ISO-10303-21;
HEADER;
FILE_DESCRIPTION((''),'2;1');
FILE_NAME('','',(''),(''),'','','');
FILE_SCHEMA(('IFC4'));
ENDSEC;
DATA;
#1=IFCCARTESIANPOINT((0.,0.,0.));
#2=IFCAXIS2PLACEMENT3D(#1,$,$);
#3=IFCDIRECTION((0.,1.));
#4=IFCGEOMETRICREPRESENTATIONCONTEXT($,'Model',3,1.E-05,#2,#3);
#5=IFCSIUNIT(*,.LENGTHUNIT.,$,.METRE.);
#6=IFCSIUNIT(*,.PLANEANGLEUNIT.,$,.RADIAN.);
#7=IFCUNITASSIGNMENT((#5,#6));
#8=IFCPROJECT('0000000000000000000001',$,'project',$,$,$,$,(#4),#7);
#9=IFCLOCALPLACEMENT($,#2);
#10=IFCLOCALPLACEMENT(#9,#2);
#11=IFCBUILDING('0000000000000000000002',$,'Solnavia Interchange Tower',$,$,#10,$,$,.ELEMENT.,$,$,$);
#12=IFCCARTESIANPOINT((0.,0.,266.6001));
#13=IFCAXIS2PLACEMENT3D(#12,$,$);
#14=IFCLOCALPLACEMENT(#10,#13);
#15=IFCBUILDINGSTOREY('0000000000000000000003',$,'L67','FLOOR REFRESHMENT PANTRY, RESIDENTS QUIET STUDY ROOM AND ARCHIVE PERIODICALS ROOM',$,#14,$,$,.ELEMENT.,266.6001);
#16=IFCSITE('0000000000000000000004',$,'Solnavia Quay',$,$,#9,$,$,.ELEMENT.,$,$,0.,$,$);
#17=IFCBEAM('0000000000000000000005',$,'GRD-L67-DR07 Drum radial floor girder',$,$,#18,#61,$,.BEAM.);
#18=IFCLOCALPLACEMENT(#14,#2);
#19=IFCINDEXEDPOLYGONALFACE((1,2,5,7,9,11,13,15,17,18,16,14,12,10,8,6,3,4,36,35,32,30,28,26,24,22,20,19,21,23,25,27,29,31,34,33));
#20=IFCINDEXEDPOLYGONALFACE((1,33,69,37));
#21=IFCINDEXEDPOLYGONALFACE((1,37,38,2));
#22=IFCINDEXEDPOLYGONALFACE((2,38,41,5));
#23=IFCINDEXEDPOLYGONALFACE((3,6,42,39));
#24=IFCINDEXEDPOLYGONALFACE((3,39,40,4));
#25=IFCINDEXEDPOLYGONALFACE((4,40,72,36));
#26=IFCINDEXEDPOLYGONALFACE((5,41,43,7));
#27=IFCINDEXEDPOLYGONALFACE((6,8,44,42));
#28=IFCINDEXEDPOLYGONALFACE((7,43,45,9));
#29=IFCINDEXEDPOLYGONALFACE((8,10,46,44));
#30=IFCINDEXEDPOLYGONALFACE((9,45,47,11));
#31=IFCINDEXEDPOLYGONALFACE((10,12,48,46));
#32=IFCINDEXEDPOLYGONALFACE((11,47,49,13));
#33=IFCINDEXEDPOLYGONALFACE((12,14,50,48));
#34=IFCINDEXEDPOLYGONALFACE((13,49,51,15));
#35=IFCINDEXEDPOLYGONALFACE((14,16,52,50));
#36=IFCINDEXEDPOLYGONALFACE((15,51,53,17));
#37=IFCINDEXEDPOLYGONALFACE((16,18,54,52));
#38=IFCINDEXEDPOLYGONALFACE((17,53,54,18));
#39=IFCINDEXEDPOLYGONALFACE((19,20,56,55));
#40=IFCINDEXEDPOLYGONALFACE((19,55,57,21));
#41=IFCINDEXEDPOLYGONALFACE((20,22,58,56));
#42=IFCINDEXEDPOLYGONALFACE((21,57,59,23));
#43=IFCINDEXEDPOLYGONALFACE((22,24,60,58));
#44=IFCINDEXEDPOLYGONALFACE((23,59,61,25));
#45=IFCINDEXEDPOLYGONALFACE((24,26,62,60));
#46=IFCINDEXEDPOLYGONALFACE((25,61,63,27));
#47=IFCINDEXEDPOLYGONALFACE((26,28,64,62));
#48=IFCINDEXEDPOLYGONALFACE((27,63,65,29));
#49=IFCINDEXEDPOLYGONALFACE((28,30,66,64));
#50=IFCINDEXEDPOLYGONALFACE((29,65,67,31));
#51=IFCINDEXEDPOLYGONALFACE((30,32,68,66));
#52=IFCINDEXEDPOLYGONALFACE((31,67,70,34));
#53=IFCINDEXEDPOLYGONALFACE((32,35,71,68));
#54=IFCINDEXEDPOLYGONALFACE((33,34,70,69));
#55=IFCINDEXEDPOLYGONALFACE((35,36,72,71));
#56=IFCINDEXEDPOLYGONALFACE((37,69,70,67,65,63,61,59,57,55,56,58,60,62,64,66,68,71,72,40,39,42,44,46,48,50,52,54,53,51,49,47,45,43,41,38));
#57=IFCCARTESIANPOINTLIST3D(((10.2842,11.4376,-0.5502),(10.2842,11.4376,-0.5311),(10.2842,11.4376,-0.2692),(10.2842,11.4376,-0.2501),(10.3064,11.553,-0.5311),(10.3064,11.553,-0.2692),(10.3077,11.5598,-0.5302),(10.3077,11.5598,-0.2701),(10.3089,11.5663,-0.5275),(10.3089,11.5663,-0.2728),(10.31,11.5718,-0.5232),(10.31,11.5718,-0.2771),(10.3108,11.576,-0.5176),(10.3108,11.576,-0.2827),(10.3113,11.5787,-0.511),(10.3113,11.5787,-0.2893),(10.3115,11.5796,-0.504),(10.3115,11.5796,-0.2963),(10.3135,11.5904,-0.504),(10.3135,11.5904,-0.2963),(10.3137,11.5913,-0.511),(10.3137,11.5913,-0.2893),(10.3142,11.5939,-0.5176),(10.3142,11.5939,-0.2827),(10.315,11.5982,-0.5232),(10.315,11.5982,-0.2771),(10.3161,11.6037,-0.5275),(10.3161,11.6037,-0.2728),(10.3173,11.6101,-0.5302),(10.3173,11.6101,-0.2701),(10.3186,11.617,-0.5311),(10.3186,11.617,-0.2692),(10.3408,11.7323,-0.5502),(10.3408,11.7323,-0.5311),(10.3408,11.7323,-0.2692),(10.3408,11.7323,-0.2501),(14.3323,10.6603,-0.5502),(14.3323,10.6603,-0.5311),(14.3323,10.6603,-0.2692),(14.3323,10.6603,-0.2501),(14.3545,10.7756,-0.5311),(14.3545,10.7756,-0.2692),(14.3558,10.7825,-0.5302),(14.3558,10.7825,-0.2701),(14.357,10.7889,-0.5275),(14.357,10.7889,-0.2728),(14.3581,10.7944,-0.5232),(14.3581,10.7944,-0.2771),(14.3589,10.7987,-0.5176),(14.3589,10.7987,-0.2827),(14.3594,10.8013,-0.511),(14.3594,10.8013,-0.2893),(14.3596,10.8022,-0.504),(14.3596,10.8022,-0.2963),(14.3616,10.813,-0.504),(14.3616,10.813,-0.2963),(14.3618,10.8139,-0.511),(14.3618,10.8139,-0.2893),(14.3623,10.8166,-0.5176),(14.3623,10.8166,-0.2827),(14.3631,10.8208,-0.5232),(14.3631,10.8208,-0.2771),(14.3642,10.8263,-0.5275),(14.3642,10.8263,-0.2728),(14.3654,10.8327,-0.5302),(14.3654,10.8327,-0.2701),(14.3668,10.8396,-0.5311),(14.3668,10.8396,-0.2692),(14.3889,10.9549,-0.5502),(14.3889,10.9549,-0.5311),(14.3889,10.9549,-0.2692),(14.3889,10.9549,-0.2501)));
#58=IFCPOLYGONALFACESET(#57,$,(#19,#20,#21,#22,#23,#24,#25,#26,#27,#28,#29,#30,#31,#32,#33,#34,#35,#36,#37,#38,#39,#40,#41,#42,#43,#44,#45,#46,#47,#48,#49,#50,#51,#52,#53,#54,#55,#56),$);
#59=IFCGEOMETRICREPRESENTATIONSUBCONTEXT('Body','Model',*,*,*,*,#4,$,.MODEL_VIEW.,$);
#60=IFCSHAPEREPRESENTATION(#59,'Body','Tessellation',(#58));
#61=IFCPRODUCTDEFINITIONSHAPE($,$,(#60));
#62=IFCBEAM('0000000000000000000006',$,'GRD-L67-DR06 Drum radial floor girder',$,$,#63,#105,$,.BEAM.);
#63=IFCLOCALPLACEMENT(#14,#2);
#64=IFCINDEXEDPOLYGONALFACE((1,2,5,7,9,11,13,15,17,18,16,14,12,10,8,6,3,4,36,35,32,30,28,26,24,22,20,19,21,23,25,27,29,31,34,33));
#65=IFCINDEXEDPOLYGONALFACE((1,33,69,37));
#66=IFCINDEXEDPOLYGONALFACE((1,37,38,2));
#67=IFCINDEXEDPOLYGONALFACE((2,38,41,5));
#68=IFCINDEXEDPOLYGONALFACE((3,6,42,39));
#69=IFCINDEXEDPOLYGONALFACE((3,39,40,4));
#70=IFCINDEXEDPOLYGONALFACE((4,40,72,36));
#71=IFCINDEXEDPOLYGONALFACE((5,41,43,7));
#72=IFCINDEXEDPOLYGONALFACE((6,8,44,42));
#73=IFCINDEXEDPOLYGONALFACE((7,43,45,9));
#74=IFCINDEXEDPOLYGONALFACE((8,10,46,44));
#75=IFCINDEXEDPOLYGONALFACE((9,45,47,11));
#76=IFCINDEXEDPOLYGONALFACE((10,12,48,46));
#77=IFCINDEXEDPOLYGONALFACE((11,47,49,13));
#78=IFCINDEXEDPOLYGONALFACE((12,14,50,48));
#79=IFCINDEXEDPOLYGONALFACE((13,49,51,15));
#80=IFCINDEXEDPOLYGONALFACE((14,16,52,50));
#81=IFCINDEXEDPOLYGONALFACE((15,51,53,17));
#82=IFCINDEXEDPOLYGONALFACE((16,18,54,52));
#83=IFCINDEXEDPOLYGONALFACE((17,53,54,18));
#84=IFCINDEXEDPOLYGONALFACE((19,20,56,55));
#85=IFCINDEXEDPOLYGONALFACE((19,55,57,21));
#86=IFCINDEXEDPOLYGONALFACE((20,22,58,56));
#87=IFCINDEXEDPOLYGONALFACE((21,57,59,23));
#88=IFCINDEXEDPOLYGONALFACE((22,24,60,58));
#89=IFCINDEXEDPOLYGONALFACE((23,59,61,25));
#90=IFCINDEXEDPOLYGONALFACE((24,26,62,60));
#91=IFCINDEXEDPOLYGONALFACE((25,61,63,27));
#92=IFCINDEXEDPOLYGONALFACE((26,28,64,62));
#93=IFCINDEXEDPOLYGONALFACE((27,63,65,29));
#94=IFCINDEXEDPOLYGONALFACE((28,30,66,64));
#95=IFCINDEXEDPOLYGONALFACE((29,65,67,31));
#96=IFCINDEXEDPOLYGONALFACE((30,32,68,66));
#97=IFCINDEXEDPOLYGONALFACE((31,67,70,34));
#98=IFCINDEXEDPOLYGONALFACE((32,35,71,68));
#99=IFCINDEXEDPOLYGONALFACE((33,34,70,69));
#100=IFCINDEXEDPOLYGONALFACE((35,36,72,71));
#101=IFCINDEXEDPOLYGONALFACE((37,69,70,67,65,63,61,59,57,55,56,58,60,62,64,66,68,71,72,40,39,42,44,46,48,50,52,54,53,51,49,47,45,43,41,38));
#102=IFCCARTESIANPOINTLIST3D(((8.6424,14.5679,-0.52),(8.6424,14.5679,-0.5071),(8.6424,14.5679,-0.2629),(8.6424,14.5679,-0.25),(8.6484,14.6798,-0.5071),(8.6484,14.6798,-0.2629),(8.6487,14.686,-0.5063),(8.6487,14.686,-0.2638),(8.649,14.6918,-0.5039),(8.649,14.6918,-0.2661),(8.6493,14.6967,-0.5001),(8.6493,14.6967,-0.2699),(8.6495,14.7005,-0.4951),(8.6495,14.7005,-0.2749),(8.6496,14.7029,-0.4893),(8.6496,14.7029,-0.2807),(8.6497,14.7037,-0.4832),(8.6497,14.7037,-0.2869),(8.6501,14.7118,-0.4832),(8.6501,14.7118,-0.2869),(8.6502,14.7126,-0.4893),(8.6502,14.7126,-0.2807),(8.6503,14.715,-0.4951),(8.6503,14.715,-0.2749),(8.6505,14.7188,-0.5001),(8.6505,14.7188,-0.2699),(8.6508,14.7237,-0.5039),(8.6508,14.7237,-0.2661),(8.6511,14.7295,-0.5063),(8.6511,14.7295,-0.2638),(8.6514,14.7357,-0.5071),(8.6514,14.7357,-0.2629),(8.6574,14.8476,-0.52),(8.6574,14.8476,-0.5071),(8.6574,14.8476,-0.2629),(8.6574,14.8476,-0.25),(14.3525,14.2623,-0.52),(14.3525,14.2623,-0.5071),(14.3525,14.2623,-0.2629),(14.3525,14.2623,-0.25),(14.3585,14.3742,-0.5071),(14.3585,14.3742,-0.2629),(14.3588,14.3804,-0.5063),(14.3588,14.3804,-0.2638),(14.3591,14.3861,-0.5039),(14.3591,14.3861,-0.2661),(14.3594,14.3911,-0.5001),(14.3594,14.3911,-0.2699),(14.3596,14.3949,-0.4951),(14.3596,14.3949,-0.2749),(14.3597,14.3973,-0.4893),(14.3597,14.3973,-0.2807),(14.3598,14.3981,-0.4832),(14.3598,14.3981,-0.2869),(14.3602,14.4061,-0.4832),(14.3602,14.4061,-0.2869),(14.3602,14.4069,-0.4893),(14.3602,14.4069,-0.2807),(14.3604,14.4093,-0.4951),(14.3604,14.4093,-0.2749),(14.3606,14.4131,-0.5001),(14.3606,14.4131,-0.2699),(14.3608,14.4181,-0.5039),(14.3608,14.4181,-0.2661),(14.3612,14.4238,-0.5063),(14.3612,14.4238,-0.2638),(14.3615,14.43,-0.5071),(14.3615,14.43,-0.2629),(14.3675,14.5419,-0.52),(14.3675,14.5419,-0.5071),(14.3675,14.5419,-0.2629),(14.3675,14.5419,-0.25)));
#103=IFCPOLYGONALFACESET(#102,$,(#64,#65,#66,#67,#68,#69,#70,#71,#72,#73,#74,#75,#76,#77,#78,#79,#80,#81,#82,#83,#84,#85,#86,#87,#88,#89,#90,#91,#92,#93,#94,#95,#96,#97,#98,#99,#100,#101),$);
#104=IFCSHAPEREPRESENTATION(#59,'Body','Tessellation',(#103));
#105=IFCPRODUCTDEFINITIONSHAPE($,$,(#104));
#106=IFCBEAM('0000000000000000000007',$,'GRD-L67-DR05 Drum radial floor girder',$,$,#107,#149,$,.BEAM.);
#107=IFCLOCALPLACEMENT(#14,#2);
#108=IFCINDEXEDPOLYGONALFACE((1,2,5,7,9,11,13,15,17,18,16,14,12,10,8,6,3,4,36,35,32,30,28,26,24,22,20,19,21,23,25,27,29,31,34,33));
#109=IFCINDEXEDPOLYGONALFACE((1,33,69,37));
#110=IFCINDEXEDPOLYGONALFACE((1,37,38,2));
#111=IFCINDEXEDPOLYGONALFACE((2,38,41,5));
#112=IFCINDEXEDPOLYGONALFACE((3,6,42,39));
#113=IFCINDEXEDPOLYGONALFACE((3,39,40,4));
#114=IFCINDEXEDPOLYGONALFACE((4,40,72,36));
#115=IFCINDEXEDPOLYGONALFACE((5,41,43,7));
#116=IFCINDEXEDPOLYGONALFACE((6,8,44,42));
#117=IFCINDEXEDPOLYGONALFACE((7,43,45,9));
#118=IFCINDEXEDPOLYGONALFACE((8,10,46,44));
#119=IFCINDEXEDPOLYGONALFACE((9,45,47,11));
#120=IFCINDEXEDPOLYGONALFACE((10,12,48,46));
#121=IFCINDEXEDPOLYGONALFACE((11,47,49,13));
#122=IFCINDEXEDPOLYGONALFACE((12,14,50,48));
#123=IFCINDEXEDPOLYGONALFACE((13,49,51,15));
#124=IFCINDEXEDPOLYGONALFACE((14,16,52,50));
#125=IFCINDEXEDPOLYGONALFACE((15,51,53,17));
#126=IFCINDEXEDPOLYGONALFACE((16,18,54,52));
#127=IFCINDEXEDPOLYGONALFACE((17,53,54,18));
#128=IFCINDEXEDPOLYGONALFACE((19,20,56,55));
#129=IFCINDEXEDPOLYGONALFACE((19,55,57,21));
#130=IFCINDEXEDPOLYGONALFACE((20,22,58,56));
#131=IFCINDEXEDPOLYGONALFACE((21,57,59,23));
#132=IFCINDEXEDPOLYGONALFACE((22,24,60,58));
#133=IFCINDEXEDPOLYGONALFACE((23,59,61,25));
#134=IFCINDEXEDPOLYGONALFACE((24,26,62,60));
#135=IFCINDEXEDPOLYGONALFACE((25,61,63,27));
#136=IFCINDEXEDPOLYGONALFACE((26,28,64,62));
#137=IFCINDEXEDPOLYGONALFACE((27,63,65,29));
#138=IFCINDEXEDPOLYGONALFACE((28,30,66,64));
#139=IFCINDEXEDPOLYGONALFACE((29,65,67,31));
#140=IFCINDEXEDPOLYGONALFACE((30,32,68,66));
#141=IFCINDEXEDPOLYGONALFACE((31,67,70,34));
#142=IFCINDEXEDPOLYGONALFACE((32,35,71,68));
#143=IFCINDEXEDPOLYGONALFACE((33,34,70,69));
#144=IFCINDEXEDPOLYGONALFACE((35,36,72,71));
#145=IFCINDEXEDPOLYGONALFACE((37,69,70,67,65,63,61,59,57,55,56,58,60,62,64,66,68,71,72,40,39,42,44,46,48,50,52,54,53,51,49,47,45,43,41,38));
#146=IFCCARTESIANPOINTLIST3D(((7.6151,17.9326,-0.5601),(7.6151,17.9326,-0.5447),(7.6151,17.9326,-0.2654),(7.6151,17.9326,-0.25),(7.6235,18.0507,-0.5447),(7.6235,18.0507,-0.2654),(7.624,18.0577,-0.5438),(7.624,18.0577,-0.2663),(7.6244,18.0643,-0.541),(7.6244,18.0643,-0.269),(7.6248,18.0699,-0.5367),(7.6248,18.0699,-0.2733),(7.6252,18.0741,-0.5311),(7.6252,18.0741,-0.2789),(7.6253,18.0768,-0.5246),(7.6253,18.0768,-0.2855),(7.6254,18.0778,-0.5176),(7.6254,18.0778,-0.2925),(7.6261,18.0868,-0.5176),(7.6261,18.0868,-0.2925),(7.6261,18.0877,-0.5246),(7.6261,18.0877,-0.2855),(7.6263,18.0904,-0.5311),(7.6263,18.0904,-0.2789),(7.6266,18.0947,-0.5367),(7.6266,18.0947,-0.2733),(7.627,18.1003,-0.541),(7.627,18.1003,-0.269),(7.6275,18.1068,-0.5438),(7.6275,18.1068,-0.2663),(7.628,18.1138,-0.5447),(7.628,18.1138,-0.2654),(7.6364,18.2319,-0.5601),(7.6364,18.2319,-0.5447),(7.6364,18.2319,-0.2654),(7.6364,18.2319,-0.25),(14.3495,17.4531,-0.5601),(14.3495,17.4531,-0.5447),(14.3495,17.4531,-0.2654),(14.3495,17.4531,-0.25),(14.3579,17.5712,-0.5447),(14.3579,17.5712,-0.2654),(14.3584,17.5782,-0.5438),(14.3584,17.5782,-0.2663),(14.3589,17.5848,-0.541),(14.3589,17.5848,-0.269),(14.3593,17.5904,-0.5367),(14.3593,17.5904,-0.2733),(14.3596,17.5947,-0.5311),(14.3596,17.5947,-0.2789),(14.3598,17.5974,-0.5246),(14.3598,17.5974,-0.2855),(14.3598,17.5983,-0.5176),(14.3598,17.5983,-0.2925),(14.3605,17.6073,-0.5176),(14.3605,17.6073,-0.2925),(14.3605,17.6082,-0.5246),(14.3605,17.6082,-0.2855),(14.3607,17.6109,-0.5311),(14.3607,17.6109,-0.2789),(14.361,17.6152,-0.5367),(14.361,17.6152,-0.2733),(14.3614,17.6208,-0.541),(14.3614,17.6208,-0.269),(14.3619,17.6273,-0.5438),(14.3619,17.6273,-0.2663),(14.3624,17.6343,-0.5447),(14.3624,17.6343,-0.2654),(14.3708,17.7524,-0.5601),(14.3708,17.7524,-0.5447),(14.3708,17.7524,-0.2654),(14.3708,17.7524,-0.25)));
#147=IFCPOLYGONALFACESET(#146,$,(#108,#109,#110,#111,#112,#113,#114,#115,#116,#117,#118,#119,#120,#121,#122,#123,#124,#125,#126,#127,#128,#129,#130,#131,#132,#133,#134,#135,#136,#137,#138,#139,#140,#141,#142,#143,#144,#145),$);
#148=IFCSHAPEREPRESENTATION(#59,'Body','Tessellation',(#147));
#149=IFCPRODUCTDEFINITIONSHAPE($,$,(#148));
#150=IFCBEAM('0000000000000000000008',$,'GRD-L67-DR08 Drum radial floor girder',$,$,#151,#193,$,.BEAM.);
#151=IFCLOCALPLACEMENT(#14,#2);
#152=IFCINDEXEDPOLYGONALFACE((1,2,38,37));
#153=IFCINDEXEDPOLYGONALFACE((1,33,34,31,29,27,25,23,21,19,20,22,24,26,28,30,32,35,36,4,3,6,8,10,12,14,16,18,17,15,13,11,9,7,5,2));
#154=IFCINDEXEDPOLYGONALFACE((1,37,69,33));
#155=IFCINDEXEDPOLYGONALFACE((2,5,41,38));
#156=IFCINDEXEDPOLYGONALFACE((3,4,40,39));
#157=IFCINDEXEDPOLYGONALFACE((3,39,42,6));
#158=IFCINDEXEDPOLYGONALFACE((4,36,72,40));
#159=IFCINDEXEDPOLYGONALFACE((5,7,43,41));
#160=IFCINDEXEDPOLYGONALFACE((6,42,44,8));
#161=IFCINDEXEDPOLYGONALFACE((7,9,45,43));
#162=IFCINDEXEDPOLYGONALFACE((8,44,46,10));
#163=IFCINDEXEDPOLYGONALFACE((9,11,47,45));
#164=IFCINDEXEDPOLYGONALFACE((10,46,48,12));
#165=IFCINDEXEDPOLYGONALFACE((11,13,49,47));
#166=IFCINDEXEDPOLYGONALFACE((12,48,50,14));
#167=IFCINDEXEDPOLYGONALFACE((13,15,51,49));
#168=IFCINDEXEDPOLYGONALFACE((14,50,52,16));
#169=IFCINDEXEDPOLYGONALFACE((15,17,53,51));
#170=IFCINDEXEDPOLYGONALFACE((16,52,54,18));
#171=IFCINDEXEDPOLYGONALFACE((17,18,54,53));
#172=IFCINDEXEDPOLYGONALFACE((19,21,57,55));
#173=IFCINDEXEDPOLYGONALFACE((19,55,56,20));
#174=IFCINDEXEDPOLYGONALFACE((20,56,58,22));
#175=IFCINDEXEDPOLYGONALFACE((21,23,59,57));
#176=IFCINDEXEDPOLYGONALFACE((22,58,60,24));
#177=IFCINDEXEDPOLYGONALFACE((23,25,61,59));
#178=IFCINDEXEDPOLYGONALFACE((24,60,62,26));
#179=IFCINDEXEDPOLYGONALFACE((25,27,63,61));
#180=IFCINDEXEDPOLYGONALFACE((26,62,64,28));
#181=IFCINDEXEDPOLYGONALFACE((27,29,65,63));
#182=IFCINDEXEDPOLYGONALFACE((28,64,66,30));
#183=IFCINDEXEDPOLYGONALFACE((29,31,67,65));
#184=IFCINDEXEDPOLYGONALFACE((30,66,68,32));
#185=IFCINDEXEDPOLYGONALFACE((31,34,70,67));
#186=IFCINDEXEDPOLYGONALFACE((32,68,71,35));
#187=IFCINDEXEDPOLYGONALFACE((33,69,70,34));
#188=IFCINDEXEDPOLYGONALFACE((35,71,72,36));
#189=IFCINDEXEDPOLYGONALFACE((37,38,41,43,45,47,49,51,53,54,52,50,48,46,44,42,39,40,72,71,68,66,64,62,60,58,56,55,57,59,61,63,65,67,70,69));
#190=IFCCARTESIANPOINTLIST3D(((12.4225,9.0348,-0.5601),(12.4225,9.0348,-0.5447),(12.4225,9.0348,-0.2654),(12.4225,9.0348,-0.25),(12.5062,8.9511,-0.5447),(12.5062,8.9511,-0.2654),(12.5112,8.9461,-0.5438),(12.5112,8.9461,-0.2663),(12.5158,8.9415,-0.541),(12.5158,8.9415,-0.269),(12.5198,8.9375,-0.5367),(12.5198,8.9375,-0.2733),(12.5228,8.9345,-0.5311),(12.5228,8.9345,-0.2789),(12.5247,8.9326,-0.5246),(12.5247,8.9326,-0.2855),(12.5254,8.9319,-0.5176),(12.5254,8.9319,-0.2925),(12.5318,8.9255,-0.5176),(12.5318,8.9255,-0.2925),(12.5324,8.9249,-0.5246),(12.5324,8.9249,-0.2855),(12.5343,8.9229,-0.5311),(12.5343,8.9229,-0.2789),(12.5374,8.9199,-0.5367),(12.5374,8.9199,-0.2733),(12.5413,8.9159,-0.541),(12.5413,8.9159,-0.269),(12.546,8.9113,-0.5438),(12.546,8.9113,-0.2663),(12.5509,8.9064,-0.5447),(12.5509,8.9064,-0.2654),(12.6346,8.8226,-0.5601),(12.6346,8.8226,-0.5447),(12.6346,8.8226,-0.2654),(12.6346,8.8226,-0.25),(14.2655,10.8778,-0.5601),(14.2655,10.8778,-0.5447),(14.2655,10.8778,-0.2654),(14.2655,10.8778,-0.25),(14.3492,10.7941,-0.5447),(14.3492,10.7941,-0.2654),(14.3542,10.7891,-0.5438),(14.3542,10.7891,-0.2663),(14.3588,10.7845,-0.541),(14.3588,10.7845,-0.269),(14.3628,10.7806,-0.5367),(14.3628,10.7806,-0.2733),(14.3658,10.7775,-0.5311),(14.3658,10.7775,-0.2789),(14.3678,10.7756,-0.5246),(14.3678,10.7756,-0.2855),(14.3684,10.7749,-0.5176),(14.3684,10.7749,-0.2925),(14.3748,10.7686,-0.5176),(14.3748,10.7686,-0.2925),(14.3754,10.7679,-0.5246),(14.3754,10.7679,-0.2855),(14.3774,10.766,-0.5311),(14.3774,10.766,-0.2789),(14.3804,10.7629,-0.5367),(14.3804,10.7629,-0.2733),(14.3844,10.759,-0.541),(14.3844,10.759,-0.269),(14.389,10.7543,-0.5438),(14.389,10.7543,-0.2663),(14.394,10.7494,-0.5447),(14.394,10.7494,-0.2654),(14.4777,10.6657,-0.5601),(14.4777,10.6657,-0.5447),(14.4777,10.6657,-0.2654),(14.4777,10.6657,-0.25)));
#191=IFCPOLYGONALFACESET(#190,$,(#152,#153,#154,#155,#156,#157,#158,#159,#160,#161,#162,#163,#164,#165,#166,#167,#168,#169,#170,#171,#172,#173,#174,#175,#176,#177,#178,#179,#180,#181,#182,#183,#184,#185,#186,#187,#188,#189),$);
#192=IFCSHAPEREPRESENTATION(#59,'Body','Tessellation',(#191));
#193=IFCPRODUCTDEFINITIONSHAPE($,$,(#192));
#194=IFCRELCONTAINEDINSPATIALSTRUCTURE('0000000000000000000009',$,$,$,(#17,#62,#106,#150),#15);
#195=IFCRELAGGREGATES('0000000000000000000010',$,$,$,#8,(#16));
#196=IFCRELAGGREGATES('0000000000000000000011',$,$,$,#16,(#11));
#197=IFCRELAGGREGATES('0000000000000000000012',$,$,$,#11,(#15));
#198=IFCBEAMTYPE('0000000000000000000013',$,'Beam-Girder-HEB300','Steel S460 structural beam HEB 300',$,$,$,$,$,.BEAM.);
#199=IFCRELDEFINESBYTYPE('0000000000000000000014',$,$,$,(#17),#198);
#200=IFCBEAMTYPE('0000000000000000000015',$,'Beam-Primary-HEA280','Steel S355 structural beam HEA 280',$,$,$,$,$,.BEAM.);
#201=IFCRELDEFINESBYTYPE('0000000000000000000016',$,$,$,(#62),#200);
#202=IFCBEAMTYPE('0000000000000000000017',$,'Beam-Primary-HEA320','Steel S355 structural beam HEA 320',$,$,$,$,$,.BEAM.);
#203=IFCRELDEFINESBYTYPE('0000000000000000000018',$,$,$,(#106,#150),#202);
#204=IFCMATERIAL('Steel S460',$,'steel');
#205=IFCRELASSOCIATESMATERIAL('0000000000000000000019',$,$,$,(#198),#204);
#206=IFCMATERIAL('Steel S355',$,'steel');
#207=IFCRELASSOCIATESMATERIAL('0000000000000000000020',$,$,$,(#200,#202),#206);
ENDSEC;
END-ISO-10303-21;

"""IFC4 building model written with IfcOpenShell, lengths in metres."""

from ifc_helpers import new_model, si_unit, direction, frame, origin, origin_2d, place, context, subcontext, project, spatial, i_section, extrude, material, material_profile, profile_set, type_object, element, save


model = new_model("IFC4")

# Units and contexts
model_context = context("Model", 3, precision=1e-05, world=origin(), true_north=direction((0.0, 1.0)))
body_context = subcontext(model_context, "Body", "Model", "MODEL_VIEW")
ifc_project = project(units=[si_unit("LENGTHUNIT", "METRE"), si_unit("PLANEANGLEUNIT", "RADIAN")], contexts=[model_context])

# Site, building, storey
site_placement = place(None, origin())
site = spatial("IfcSite", under=ifc_project, at=site_placement, Name="Solnavia Quay", CompositionType="ELEMENT", RefElevation=0.0)
building_placement = place(site_placement, origin())
building = spatial("IfcBuilding", under=site, at=building_placement, Name="Solnavia Interchange Tower", CompositionType="ELEMENT")
storey_placement = place(building_placement, frame((0.0, 0.0, 266.6001)))
storey = spatial("IfcBuildingStorey", under=building, at=storey_placement, Name="L67", Description="FLOOR REFRESHMENT PANTRY, RESIDENTS QUIET STUDY ROOM AND ARCHIVE PERIODICALS ROOM", CompositionType="ELEMENT", Elevation=266.6001)

# Beams
ifc_material_1 = material(Name="Steel S460", Category="steel")
ifc_material_profile_1 = material_profile(ifc_material_1, i_section(OverallWidth=0.3, OverallDepth=0.3, WebThickness=0.011, FlangeThickness=0.019, FilletRadius=0.0271, at=origin_2d()), Name="HEB 300")
ifc_profile_set_1 = profile_set([ifc_material_profile_1], Name="Steel S460")
beam_type_1 = type_object("IfcBeamType", Name="Beam-Girder-HEB300", Description="Steel S460 structural beam HEB 300", PredefinedType="BEAM", material=ifc_profile_set_1)
beam_1_placement = place(storey_placement, frame((10.3125, 11.585, -0.4001), z_axis=(0.982058, -0.188582, 0.0), x_axis=(0.188582, 0.982058, 0.0)))
element("IfcBeam", 1, at=beam_1_placement, inside=storey, type_object=beam_type_1, Name="GRD-L67-DR07 Drum radial floor girder", PredefinedType="BEAM", context=body_context, shape_type="SweptSolid", body=[
    extrude(i_section(OverallWidth=0.3, OverallDepth=0.3, WebThickness=0.011, FlangeThickness=0.019, FilletRadius=0.0271, at=origin_2d()), origin(), (0.0, 0.0, 1.0), 4.1221),
])
ifc_material_2 = material(Name="Steel S355", Category="steel")
ifc_material_profile_2 = material_profile(ifc_material_2, i_section(OverallWidth=0.28, OverallDepth=0.27, WebThickness=0.0081, FlangeThickness=0.0129, FilletRadius=0.0239, at=origin_2d()), Name="HEA 280")
ifc_profile_set_2 = profile_set([ifc_material_profile_2], Name="Steel S355")
beam_type_2 = type_object("IfcBeamType", Name="Beam-Primary-HEA280", Description="Steel S355 structural beam HEA 280", PredefinedType="BEAM", material=ifc_profile_set_2)
beam_2_placement = place(storey_placement, frame((8.6499, 14.7078, -0.385), z_axis=(0.99857, -0.053453, 0.0), x_axis=(0.053453, 0.99857, 0.0)))
element("IfcBeam", 2, at=beam_2_placement, inside=storey, type_object=beam_type_2, Name="GRD-L67-DR06 Drum radial floor girder", PredefinedType="BEAM", context=body_context, shape_type="SweptSolid", body=[
    extrude(i_section(OverallWidth=0.28, OverallDepth=0.27, WebThickness=0.0081, FlangeThickness=0.0129, FilletRadius=0.0239, at=origin_2d()), origin(), (0.0, 0.0, 1.0), 5.7183),
])
ifc_material_profile_3 = material_profile(ifc_material_2, i_section(OverallWidth=0.3, OverallDepth=0.3101, WebThickness=0.009, FlangeThickness=0.0154, FilletRadius=0.0271, at=origin_2d()), Name="HEA 320")
ifc_profile_set_3 = profile_set([ifc_material_profile_3], Name="Steel S355")
beam_type_3 = type_object("IfcBeamType", Name="Beam-Primary-HEA320", Description="Steel S355 structural beam HEA 320", PredefinedType="BEAM", material=ifc_profile_set_3)
beam_3_placement = place(storey_placement, frame((7.6257, 18.0823, -0.405), z_axis=(0.997475, -0.071021, 0.0), x_axis=(0.071021, 0.997475, 0.0)))
element("IfcBeam", 3, at=beam_3_placement, inside=storey, type_object=beam_type_3, Name="GRD-L67-DR05 Drum radial floor girder", PredefinedType="BEAM", context=body_context, shape_type="SweptSolid", body=[
    extrude(i_section(OverallWidth=0.3, OverallDepth=0.3101, WebThickness=0.009, FlangeThickness=0.0154, FilletRadius=0.0271, at=origin_2d()), origin(), (0.0, 0.0, 1.0), 6.7515),
])
beam_4_placement = place(storey_placement, frame((12.5286, 8.9287, -0.405), z_axis=(0.707107, 0.707107, 0.0), x_axis=(-0.707107, 0.707107, 0.0)))
element("IfcBeam", 4, at=beam_4_placement, inside=storey, type_object=beam_type_3, Name="GRD-L67-DR08 Drum radial floor girder", PredefinedType="BEAM", context=body_context, shape_type="SweptSolid", body=[
    extrude(i_section(OverallWidth=0.3, OverallDepth=0.3101, WebThickness=0.009, FlangeThickness=0.0154, FilletRadius=0.0271, at=origin_2d()), origin(), (0.0, 0.0, 1.0), 2.6064),
])

save(model, "model.ifc")
